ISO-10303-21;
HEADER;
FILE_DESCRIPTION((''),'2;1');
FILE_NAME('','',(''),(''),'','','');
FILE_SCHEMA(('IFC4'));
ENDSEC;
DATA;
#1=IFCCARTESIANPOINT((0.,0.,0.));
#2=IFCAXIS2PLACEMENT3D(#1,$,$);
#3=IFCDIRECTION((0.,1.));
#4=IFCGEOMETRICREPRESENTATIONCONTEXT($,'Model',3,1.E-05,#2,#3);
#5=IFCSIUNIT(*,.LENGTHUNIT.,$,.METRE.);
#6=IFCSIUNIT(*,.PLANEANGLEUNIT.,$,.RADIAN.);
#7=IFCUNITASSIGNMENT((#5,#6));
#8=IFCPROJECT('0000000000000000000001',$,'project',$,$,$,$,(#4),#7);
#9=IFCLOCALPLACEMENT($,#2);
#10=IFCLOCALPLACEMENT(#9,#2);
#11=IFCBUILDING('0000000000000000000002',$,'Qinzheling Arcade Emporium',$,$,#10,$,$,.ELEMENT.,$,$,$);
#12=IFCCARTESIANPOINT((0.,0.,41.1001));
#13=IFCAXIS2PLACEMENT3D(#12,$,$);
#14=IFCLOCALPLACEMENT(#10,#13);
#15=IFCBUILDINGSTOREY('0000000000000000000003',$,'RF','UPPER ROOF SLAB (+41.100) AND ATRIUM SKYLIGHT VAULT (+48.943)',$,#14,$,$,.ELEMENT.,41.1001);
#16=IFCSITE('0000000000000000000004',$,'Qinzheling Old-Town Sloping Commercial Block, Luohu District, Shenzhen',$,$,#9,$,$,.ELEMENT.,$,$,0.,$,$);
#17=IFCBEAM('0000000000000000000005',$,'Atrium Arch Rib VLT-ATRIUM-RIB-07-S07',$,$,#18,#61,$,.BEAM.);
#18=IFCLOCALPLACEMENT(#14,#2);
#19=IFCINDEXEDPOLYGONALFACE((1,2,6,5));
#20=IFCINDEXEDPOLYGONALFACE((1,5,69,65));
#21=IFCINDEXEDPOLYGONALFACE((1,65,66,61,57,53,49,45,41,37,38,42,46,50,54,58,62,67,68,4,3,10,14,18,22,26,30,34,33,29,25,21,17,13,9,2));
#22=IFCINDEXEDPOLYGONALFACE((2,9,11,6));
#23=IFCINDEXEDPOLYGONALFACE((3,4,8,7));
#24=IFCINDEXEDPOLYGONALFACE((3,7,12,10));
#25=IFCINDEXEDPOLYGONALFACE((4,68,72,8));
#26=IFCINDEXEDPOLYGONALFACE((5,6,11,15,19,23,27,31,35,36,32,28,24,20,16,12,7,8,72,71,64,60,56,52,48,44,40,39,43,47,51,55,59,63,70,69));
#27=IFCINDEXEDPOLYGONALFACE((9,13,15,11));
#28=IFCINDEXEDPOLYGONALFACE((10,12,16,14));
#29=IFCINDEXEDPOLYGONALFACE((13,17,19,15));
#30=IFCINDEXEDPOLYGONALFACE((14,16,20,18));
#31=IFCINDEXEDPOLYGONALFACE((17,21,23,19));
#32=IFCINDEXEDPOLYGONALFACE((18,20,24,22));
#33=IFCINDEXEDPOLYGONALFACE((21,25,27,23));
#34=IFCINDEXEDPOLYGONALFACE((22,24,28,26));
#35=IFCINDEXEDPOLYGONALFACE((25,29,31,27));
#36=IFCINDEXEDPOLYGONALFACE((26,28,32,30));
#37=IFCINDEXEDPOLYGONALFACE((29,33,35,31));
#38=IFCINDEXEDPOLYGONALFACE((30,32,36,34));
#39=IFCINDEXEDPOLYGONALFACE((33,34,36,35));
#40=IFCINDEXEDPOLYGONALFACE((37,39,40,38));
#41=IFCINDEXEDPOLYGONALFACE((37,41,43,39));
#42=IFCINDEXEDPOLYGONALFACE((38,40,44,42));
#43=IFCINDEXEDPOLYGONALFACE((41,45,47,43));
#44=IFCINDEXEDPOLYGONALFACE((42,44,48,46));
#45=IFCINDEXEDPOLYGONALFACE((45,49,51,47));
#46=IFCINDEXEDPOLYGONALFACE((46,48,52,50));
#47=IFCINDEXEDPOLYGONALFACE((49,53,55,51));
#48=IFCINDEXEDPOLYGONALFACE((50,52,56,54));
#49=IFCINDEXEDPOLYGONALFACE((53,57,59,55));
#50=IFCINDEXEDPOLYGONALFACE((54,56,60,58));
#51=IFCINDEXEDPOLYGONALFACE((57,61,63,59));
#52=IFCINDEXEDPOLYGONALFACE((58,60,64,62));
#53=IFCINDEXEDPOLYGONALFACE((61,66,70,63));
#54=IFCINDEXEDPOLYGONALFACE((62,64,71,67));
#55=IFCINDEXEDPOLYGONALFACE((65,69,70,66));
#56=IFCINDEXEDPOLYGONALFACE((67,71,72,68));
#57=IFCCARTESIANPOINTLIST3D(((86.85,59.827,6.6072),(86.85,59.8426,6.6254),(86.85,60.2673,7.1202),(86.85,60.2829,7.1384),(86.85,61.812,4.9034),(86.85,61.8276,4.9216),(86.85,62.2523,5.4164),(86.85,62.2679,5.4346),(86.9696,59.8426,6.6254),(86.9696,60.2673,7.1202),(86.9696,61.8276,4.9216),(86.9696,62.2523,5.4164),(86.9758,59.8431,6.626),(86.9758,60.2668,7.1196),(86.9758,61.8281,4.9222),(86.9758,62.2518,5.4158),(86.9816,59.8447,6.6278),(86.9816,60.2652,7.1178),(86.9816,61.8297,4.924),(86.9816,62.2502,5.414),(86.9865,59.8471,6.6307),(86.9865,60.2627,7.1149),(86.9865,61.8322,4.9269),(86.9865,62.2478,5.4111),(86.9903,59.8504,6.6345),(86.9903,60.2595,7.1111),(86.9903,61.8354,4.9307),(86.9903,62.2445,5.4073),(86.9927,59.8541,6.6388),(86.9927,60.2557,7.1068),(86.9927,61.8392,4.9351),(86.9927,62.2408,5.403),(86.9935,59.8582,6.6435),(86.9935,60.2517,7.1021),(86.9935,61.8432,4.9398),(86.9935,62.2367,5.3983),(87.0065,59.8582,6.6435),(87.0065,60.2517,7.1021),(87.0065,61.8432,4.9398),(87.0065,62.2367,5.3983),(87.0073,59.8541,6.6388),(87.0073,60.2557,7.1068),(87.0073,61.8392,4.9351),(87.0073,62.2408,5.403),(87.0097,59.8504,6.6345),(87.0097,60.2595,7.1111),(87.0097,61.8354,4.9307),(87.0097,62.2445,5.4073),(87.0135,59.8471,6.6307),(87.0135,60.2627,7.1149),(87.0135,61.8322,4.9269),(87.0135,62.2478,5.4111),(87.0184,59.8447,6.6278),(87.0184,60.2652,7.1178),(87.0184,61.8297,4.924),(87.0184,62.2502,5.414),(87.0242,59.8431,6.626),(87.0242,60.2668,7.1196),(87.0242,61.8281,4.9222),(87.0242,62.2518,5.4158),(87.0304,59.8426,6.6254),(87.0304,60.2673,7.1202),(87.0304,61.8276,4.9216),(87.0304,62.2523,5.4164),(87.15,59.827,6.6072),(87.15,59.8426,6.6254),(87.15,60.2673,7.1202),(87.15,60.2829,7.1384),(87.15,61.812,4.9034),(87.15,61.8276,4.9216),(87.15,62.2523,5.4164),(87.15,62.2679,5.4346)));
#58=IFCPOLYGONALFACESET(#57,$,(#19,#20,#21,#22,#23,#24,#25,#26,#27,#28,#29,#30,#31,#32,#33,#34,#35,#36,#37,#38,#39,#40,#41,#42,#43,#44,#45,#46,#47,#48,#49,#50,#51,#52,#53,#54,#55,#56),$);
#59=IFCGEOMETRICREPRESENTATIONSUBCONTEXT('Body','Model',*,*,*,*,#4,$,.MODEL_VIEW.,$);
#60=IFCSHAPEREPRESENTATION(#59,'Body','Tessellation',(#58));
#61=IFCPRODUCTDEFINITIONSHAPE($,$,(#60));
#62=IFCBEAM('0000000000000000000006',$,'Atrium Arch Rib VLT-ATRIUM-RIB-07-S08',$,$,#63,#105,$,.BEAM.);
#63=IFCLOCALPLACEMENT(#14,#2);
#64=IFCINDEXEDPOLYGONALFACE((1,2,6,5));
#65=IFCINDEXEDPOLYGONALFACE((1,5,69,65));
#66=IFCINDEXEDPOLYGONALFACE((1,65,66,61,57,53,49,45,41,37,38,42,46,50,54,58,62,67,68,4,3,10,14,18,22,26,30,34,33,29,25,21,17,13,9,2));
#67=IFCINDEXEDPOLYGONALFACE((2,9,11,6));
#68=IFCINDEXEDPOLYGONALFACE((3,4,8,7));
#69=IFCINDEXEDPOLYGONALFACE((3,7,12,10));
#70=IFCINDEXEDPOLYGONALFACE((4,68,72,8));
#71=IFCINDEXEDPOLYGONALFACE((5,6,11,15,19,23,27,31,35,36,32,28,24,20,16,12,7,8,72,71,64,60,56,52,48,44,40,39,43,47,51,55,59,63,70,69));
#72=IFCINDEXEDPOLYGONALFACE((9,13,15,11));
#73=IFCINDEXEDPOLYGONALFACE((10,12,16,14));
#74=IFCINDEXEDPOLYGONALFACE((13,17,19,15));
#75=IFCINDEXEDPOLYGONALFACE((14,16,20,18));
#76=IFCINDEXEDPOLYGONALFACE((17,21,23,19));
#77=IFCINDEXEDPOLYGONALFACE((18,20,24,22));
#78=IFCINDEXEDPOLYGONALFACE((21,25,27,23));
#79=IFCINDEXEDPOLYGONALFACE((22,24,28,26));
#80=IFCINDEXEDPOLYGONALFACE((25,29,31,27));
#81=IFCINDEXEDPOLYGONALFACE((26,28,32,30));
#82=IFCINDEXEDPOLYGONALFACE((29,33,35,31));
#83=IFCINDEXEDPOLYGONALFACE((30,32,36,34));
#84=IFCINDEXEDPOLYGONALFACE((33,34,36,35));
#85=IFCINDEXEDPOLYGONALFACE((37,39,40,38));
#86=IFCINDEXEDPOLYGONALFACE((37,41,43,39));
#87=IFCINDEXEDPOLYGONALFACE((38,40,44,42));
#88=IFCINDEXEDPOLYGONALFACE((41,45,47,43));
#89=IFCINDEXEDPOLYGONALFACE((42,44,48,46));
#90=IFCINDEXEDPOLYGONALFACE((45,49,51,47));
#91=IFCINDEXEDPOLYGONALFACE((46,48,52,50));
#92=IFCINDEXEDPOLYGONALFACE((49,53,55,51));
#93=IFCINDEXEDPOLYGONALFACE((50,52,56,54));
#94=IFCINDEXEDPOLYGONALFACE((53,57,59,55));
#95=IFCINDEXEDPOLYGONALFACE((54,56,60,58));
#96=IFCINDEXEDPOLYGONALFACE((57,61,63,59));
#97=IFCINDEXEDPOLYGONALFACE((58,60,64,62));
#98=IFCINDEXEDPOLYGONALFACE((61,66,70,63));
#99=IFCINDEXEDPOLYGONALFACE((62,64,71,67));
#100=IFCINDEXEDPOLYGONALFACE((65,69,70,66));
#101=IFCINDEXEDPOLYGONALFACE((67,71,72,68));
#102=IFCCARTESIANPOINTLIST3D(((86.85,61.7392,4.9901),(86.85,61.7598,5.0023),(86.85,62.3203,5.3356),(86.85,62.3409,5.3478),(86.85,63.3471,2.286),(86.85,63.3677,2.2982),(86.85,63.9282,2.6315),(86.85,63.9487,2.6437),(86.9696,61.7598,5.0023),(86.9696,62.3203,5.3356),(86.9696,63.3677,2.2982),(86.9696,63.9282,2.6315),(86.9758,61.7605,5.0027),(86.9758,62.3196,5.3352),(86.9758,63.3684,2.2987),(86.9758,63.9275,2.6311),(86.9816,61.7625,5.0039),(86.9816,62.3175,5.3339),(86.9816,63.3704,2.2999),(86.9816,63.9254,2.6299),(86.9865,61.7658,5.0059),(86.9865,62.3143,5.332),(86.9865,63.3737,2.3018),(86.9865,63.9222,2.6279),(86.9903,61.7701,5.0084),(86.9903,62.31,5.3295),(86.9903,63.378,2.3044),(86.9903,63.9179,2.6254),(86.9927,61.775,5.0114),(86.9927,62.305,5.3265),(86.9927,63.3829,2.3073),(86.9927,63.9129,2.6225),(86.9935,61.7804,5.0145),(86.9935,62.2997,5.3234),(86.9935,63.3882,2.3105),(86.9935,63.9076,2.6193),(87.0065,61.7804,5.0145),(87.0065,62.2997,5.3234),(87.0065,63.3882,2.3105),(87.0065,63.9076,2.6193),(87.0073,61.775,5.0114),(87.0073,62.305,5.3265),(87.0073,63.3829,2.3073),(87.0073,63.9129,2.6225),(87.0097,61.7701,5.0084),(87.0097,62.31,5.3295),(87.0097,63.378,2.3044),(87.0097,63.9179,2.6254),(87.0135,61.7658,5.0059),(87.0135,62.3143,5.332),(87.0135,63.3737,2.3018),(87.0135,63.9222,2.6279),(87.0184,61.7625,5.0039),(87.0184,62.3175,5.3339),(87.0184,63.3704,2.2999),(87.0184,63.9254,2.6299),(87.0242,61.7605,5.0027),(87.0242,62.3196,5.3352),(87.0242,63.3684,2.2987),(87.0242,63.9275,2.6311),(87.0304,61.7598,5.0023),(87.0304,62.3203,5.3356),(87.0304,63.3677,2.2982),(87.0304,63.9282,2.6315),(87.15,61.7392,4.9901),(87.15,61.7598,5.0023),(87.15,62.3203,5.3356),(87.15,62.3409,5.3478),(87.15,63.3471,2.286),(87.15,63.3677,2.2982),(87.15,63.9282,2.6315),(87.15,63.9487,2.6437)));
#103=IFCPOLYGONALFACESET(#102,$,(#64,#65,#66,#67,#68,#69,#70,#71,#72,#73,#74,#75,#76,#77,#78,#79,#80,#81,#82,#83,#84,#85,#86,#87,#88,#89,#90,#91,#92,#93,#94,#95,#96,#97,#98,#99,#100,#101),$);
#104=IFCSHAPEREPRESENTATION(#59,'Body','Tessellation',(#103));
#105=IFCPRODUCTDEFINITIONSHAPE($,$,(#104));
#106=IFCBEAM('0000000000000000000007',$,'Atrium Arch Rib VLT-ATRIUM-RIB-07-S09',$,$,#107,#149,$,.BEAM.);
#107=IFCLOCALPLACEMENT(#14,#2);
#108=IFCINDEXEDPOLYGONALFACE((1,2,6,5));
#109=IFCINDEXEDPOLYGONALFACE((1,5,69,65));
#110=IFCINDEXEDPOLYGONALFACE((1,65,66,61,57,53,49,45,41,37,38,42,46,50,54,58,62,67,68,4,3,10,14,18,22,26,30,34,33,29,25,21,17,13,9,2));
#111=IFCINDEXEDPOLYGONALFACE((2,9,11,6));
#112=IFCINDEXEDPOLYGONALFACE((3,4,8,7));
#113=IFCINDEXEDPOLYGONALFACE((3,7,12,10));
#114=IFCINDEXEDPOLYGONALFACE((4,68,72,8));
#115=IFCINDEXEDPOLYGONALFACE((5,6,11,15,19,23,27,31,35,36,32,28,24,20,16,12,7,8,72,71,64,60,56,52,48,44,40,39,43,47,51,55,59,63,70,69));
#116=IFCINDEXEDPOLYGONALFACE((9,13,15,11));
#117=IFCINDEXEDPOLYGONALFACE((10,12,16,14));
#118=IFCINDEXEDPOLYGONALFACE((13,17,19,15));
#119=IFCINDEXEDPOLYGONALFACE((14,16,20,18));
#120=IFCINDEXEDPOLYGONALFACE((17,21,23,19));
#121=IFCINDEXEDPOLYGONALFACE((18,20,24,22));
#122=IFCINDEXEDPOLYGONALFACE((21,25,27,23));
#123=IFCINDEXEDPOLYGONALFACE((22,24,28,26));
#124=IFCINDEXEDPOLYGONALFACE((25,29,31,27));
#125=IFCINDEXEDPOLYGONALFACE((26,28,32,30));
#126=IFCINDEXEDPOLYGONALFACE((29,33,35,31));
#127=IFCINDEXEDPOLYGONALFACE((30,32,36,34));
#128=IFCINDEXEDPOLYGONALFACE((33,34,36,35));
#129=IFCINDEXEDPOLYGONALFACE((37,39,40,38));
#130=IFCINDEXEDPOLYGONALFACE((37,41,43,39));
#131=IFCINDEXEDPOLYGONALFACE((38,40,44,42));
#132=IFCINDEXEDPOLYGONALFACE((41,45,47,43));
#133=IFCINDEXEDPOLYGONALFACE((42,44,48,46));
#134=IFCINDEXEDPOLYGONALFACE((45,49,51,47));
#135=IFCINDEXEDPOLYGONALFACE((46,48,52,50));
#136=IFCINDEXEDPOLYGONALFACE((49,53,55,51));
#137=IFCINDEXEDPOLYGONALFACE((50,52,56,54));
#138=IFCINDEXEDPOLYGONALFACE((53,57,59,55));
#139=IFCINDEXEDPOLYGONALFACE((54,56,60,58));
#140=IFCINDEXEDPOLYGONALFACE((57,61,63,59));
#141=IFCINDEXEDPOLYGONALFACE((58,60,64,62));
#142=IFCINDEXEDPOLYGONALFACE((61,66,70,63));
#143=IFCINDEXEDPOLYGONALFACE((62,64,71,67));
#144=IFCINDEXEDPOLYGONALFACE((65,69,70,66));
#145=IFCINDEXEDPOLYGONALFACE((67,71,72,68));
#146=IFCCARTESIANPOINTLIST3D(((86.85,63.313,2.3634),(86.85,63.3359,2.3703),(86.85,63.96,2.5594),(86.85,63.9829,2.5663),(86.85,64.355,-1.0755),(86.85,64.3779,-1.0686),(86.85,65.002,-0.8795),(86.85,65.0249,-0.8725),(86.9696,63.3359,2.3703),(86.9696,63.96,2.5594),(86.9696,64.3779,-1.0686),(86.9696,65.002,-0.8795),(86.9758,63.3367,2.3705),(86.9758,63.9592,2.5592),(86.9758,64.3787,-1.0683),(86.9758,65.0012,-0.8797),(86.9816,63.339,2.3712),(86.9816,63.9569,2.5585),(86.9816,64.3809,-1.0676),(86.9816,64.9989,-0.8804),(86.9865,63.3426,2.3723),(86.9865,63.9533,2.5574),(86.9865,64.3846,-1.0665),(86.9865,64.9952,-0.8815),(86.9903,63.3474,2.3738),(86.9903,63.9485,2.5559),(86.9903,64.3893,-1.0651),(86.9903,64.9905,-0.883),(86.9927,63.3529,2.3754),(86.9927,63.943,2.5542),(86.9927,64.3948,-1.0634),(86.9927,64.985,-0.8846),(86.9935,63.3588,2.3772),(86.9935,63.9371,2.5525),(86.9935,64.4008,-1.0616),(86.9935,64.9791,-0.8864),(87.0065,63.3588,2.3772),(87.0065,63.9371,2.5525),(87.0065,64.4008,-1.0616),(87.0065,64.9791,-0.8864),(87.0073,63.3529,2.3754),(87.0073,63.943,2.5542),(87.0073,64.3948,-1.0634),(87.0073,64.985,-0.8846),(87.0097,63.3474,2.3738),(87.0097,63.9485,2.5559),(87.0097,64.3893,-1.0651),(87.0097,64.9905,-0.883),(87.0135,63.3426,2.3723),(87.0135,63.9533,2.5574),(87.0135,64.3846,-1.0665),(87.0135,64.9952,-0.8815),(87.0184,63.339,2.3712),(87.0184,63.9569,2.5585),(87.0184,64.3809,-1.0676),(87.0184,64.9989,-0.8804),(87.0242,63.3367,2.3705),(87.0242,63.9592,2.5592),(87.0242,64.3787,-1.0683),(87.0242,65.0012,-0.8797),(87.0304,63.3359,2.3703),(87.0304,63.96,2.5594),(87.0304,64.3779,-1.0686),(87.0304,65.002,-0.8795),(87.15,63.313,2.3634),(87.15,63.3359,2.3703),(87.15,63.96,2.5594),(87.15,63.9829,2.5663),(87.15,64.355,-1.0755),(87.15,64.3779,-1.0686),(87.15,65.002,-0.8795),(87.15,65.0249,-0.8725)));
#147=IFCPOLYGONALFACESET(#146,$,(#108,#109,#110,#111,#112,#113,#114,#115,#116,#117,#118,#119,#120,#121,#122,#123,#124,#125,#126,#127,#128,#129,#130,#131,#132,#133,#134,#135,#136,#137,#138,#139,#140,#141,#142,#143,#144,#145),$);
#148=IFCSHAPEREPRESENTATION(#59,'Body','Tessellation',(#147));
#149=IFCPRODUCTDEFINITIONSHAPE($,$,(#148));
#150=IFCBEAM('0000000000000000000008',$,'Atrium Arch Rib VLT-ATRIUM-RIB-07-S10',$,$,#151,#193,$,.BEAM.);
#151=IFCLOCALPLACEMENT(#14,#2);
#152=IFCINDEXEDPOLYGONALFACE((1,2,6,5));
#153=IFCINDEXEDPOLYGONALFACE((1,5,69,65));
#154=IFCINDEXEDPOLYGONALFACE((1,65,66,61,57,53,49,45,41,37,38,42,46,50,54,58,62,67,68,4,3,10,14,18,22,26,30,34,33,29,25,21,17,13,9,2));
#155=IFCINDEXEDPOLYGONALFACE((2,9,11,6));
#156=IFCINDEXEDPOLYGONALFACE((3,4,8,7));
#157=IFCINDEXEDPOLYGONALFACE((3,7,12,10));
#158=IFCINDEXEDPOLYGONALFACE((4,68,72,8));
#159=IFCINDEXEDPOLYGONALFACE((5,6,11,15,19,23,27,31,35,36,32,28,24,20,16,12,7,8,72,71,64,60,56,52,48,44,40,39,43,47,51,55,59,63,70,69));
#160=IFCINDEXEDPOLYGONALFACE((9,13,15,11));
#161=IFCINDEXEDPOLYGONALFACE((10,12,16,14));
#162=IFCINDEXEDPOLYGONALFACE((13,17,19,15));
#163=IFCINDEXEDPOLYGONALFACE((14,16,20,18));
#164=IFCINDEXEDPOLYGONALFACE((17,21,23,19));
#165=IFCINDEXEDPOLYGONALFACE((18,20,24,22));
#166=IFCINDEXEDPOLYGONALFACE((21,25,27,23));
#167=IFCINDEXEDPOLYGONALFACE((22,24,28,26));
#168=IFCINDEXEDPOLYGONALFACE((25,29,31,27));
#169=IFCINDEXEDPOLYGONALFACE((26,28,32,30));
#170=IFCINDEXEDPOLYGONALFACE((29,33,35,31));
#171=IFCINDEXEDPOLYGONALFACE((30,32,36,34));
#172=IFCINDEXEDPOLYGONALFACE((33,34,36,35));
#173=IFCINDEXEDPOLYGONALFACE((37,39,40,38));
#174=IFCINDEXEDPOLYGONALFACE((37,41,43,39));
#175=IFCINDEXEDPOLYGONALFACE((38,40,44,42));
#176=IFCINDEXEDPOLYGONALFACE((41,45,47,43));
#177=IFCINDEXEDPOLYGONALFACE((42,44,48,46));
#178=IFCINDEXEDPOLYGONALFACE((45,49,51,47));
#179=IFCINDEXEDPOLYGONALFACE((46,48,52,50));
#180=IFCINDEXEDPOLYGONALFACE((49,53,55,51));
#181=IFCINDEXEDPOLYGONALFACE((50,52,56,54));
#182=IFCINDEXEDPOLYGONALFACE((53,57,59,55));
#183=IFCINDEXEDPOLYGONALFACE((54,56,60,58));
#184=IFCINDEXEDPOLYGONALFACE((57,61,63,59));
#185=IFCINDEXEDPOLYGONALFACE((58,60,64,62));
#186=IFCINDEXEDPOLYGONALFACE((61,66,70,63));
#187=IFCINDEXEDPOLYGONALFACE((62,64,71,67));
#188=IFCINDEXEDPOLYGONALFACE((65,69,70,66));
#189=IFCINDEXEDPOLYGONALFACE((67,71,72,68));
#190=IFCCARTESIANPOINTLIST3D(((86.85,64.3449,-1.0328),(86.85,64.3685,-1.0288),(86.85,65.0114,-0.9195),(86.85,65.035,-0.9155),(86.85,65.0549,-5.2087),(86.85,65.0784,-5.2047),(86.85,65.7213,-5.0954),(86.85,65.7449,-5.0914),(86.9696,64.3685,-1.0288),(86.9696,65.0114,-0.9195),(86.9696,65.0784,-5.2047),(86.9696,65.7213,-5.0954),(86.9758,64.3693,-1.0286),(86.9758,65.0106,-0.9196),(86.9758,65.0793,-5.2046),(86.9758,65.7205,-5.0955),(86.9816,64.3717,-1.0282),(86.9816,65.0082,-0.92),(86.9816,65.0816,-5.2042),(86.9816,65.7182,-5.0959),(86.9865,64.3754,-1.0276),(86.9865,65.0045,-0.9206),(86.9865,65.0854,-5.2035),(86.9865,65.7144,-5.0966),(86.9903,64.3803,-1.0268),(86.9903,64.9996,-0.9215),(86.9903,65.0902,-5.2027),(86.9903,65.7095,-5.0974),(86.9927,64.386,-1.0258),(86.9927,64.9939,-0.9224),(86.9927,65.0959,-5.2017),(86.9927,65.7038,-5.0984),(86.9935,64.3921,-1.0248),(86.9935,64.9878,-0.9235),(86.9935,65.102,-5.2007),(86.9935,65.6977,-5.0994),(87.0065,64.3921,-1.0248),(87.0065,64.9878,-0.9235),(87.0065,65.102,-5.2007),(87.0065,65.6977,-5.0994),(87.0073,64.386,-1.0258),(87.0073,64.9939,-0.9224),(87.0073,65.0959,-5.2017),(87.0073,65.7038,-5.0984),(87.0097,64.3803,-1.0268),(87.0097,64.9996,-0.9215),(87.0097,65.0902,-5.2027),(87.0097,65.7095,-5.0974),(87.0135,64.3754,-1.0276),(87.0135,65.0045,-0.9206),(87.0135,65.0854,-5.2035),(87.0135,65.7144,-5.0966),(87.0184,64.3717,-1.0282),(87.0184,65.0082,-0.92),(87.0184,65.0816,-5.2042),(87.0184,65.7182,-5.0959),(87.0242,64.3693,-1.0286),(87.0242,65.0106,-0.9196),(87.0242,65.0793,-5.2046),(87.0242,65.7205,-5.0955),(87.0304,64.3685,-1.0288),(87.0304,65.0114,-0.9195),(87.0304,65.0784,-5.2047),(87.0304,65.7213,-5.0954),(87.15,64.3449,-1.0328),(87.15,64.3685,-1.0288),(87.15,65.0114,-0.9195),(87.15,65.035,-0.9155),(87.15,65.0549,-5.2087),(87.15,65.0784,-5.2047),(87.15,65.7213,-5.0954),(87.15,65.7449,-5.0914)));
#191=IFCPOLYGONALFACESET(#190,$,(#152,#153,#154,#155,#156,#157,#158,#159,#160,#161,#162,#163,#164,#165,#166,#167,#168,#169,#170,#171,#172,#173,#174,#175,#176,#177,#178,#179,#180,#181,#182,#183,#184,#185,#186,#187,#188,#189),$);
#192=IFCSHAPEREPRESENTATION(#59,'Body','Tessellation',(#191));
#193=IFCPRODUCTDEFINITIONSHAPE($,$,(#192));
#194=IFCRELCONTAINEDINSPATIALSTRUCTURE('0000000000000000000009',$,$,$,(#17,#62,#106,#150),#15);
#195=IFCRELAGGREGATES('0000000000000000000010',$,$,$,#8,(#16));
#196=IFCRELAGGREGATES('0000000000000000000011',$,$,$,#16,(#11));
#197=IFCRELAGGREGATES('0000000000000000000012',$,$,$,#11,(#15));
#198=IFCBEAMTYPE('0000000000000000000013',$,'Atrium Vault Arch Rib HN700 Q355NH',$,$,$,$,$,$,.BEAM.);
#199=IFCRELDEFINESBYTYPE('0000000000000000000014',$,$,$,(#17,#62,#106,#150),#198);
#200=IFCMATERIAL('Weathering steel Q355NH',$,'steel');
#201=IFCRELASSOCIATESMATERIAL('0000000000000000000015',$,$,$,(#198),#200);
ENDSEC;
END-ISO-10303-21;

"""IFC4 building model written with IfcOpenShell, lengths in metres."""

from ifc_helpers import new_model, si_unit, direction, frame, origin, origin_2d, place, context, subcontext, project, spatial, i_section, extrude, material, material_profile, profile_set, type_object, element, save


model = new_model("IFC4")

# Units and contexts
model_context = context("Model", 3, precision=1e-05, world=origin(), true_north=direction((0.0, 1.0)))
body_context = subcontext(model_context, "Body", "Model", "MODEL_VIEW")
ifc_project = project(units=[si_unit("LENGTHUNIT", "METRE"), si_unit("PLANEANGLEUNIT", "RADIAN")], contexts=[model_context])

# Site, building, storey
site_placement = place(None, origin())
site = spatial("IfcSite", under=ifc_project, at=site_placement, Name="Qinzheling Old-Town Sloping Commercial Block, Luohu District, Shenzhen", CompositionType="ELEMENT", RefElevation=0.0)
building_placement = place(site_placement, origin())
building = spatial("IfcBuilding", under=site, at=building_placement, Name="Qinzheling Arcade Emporium", CompositionType="ELEMENT")
storey_placement = place(building_placement, frame((0.0, 0.0, 41.1001)))
storey = spatial("IfcBuildingStorey", under=building, at=storey_placement, Name="RF", Description="UPPER ROOF SLAB (+41.100) AND ATRIUM SKYLIGHT VAULT (+48.943)", CompositionType="ELEMENT", Elevation=41.1001)

# Shared definitions
ifc_material_1 = material(Name="Weathering steel Q355NH", Category="steel")

# Beams
ifc_material_profile_1 = material_profile(ifc_material_1, i_section(OverallWidth=0.3, OverallDepth=0.7, WebThickness=0.0129, FlangeThickness=0.0239, FilletRadius=0.0239, at=origin_2d()), Name="HN 700x300x13x24", Category="steel")
ifc_profile_set_1 = profile_set([ifc_material_profile_1], Name="Weathering steel Q355NH")
beam_type_1 = type_object("IfcBeamType", Name="Atrium Vault Arch Rib HN700 Q355NH", PredefinedType="BEAM", material=ifc_profile_set_1)
beam_1_placement = place(storey_placement, frame((87.0, 60.0549, 6.8728), z_axis=(0.0, 0.758815, -0.651306), x_axis=(-1.0, 0.0, 0.0)))
element("IfcBeam", 1, at=beam_1_placement, inside=storey, type_object=beam_type_1, Name="Atrium Arch Rib VLT-ATRIUM-RIB-07-S07", PredefinedType="BEAM", context=body_context, shape_type="SweptSolid", body=[
    extrude(i_section(OverallWidth=0.3, OverallDepth=0.7, WebThickness=0.0129, FlangeThickness=0.0239, FilletRadius=0.0239, at=origin_2d()), origin(), (0.0, 0.0, 1.0), 2.616),
])
beam_2_placement = place(storey_placement, frame((87.0, 62.04, 5.1689), z_axis=(0.0, 0.511091, -0.859527), x_axis=(-1.0, 0.0, 0.0)))
element("IfcBeam", 2, at=beam_2_placement, inside=storey, type_object=beam_type_1, Name="Atrium Arch Rib VLT-ATRIUM-RIB-07-S08", PredefinedType="BEAM", context=body_context, shape_type="SweptSolid", body=[
    extrude(i_section(OverallWidth=0.3, OverallDepth=0.7, WebThickness=0.0129, FlangeThickness=0.0239, FilletRadius=0.0239, at=origin_2d()), origin(), (0.0, 0.0, 1.0), 3.146),
])
beam_3_placement = place(storey_placement, frame((87.0, 63.6479, 2.4648), z_axis=(0.0, 0.289977, -0.957034), x_axis=(-1.0, 0.0, 0.0)))
element("IfcBeam", 3, at=beam_3_placement, inside=storey, type_object=beam_type_1, Name="Atrium Arch Rib VLT-ATRIUM-RIB-07-S09", PredefinedType="BEAM", context=body_context, shape_type="SweptSolid", body=[
    extrude(i_section(OverallWidth=0.3, OverallDepth=0.7, WebThickness=0.0129, FlangeThickness=0.0239, FilletRadius=0.0239, at=origin_2d()), origin(), (0.0, 0.0, 1.0), 3.5933),
])
beam_4_placement = place(storey_placement, frame((87.0, 64.6899, -0.9741), z_axis=(0.0, 0.167604, -0.985854), x_axis=(-1.0, 0.0, 0.0)))
element("IfcBeam", 4, at=beam_4_placement, inside=storey, type_object=beam_type_1, Name="Atrium Arch Rib VLT-ATRIUM-RIB-07-S10", PredefinedType="BEAM", context=body_context, shape_type="SweptSolid", body=[
    extrude(i_section(OverallWidth=0.3, OverallDepth=0.7, WebThickness=0.0129, FlangeThickness=0.0239, FilletRadius=0.0239, at=origin_2d()), origin(), (0.0, 0.0, 1.0), 4.2358),
])

save(model, "model.ifc")
